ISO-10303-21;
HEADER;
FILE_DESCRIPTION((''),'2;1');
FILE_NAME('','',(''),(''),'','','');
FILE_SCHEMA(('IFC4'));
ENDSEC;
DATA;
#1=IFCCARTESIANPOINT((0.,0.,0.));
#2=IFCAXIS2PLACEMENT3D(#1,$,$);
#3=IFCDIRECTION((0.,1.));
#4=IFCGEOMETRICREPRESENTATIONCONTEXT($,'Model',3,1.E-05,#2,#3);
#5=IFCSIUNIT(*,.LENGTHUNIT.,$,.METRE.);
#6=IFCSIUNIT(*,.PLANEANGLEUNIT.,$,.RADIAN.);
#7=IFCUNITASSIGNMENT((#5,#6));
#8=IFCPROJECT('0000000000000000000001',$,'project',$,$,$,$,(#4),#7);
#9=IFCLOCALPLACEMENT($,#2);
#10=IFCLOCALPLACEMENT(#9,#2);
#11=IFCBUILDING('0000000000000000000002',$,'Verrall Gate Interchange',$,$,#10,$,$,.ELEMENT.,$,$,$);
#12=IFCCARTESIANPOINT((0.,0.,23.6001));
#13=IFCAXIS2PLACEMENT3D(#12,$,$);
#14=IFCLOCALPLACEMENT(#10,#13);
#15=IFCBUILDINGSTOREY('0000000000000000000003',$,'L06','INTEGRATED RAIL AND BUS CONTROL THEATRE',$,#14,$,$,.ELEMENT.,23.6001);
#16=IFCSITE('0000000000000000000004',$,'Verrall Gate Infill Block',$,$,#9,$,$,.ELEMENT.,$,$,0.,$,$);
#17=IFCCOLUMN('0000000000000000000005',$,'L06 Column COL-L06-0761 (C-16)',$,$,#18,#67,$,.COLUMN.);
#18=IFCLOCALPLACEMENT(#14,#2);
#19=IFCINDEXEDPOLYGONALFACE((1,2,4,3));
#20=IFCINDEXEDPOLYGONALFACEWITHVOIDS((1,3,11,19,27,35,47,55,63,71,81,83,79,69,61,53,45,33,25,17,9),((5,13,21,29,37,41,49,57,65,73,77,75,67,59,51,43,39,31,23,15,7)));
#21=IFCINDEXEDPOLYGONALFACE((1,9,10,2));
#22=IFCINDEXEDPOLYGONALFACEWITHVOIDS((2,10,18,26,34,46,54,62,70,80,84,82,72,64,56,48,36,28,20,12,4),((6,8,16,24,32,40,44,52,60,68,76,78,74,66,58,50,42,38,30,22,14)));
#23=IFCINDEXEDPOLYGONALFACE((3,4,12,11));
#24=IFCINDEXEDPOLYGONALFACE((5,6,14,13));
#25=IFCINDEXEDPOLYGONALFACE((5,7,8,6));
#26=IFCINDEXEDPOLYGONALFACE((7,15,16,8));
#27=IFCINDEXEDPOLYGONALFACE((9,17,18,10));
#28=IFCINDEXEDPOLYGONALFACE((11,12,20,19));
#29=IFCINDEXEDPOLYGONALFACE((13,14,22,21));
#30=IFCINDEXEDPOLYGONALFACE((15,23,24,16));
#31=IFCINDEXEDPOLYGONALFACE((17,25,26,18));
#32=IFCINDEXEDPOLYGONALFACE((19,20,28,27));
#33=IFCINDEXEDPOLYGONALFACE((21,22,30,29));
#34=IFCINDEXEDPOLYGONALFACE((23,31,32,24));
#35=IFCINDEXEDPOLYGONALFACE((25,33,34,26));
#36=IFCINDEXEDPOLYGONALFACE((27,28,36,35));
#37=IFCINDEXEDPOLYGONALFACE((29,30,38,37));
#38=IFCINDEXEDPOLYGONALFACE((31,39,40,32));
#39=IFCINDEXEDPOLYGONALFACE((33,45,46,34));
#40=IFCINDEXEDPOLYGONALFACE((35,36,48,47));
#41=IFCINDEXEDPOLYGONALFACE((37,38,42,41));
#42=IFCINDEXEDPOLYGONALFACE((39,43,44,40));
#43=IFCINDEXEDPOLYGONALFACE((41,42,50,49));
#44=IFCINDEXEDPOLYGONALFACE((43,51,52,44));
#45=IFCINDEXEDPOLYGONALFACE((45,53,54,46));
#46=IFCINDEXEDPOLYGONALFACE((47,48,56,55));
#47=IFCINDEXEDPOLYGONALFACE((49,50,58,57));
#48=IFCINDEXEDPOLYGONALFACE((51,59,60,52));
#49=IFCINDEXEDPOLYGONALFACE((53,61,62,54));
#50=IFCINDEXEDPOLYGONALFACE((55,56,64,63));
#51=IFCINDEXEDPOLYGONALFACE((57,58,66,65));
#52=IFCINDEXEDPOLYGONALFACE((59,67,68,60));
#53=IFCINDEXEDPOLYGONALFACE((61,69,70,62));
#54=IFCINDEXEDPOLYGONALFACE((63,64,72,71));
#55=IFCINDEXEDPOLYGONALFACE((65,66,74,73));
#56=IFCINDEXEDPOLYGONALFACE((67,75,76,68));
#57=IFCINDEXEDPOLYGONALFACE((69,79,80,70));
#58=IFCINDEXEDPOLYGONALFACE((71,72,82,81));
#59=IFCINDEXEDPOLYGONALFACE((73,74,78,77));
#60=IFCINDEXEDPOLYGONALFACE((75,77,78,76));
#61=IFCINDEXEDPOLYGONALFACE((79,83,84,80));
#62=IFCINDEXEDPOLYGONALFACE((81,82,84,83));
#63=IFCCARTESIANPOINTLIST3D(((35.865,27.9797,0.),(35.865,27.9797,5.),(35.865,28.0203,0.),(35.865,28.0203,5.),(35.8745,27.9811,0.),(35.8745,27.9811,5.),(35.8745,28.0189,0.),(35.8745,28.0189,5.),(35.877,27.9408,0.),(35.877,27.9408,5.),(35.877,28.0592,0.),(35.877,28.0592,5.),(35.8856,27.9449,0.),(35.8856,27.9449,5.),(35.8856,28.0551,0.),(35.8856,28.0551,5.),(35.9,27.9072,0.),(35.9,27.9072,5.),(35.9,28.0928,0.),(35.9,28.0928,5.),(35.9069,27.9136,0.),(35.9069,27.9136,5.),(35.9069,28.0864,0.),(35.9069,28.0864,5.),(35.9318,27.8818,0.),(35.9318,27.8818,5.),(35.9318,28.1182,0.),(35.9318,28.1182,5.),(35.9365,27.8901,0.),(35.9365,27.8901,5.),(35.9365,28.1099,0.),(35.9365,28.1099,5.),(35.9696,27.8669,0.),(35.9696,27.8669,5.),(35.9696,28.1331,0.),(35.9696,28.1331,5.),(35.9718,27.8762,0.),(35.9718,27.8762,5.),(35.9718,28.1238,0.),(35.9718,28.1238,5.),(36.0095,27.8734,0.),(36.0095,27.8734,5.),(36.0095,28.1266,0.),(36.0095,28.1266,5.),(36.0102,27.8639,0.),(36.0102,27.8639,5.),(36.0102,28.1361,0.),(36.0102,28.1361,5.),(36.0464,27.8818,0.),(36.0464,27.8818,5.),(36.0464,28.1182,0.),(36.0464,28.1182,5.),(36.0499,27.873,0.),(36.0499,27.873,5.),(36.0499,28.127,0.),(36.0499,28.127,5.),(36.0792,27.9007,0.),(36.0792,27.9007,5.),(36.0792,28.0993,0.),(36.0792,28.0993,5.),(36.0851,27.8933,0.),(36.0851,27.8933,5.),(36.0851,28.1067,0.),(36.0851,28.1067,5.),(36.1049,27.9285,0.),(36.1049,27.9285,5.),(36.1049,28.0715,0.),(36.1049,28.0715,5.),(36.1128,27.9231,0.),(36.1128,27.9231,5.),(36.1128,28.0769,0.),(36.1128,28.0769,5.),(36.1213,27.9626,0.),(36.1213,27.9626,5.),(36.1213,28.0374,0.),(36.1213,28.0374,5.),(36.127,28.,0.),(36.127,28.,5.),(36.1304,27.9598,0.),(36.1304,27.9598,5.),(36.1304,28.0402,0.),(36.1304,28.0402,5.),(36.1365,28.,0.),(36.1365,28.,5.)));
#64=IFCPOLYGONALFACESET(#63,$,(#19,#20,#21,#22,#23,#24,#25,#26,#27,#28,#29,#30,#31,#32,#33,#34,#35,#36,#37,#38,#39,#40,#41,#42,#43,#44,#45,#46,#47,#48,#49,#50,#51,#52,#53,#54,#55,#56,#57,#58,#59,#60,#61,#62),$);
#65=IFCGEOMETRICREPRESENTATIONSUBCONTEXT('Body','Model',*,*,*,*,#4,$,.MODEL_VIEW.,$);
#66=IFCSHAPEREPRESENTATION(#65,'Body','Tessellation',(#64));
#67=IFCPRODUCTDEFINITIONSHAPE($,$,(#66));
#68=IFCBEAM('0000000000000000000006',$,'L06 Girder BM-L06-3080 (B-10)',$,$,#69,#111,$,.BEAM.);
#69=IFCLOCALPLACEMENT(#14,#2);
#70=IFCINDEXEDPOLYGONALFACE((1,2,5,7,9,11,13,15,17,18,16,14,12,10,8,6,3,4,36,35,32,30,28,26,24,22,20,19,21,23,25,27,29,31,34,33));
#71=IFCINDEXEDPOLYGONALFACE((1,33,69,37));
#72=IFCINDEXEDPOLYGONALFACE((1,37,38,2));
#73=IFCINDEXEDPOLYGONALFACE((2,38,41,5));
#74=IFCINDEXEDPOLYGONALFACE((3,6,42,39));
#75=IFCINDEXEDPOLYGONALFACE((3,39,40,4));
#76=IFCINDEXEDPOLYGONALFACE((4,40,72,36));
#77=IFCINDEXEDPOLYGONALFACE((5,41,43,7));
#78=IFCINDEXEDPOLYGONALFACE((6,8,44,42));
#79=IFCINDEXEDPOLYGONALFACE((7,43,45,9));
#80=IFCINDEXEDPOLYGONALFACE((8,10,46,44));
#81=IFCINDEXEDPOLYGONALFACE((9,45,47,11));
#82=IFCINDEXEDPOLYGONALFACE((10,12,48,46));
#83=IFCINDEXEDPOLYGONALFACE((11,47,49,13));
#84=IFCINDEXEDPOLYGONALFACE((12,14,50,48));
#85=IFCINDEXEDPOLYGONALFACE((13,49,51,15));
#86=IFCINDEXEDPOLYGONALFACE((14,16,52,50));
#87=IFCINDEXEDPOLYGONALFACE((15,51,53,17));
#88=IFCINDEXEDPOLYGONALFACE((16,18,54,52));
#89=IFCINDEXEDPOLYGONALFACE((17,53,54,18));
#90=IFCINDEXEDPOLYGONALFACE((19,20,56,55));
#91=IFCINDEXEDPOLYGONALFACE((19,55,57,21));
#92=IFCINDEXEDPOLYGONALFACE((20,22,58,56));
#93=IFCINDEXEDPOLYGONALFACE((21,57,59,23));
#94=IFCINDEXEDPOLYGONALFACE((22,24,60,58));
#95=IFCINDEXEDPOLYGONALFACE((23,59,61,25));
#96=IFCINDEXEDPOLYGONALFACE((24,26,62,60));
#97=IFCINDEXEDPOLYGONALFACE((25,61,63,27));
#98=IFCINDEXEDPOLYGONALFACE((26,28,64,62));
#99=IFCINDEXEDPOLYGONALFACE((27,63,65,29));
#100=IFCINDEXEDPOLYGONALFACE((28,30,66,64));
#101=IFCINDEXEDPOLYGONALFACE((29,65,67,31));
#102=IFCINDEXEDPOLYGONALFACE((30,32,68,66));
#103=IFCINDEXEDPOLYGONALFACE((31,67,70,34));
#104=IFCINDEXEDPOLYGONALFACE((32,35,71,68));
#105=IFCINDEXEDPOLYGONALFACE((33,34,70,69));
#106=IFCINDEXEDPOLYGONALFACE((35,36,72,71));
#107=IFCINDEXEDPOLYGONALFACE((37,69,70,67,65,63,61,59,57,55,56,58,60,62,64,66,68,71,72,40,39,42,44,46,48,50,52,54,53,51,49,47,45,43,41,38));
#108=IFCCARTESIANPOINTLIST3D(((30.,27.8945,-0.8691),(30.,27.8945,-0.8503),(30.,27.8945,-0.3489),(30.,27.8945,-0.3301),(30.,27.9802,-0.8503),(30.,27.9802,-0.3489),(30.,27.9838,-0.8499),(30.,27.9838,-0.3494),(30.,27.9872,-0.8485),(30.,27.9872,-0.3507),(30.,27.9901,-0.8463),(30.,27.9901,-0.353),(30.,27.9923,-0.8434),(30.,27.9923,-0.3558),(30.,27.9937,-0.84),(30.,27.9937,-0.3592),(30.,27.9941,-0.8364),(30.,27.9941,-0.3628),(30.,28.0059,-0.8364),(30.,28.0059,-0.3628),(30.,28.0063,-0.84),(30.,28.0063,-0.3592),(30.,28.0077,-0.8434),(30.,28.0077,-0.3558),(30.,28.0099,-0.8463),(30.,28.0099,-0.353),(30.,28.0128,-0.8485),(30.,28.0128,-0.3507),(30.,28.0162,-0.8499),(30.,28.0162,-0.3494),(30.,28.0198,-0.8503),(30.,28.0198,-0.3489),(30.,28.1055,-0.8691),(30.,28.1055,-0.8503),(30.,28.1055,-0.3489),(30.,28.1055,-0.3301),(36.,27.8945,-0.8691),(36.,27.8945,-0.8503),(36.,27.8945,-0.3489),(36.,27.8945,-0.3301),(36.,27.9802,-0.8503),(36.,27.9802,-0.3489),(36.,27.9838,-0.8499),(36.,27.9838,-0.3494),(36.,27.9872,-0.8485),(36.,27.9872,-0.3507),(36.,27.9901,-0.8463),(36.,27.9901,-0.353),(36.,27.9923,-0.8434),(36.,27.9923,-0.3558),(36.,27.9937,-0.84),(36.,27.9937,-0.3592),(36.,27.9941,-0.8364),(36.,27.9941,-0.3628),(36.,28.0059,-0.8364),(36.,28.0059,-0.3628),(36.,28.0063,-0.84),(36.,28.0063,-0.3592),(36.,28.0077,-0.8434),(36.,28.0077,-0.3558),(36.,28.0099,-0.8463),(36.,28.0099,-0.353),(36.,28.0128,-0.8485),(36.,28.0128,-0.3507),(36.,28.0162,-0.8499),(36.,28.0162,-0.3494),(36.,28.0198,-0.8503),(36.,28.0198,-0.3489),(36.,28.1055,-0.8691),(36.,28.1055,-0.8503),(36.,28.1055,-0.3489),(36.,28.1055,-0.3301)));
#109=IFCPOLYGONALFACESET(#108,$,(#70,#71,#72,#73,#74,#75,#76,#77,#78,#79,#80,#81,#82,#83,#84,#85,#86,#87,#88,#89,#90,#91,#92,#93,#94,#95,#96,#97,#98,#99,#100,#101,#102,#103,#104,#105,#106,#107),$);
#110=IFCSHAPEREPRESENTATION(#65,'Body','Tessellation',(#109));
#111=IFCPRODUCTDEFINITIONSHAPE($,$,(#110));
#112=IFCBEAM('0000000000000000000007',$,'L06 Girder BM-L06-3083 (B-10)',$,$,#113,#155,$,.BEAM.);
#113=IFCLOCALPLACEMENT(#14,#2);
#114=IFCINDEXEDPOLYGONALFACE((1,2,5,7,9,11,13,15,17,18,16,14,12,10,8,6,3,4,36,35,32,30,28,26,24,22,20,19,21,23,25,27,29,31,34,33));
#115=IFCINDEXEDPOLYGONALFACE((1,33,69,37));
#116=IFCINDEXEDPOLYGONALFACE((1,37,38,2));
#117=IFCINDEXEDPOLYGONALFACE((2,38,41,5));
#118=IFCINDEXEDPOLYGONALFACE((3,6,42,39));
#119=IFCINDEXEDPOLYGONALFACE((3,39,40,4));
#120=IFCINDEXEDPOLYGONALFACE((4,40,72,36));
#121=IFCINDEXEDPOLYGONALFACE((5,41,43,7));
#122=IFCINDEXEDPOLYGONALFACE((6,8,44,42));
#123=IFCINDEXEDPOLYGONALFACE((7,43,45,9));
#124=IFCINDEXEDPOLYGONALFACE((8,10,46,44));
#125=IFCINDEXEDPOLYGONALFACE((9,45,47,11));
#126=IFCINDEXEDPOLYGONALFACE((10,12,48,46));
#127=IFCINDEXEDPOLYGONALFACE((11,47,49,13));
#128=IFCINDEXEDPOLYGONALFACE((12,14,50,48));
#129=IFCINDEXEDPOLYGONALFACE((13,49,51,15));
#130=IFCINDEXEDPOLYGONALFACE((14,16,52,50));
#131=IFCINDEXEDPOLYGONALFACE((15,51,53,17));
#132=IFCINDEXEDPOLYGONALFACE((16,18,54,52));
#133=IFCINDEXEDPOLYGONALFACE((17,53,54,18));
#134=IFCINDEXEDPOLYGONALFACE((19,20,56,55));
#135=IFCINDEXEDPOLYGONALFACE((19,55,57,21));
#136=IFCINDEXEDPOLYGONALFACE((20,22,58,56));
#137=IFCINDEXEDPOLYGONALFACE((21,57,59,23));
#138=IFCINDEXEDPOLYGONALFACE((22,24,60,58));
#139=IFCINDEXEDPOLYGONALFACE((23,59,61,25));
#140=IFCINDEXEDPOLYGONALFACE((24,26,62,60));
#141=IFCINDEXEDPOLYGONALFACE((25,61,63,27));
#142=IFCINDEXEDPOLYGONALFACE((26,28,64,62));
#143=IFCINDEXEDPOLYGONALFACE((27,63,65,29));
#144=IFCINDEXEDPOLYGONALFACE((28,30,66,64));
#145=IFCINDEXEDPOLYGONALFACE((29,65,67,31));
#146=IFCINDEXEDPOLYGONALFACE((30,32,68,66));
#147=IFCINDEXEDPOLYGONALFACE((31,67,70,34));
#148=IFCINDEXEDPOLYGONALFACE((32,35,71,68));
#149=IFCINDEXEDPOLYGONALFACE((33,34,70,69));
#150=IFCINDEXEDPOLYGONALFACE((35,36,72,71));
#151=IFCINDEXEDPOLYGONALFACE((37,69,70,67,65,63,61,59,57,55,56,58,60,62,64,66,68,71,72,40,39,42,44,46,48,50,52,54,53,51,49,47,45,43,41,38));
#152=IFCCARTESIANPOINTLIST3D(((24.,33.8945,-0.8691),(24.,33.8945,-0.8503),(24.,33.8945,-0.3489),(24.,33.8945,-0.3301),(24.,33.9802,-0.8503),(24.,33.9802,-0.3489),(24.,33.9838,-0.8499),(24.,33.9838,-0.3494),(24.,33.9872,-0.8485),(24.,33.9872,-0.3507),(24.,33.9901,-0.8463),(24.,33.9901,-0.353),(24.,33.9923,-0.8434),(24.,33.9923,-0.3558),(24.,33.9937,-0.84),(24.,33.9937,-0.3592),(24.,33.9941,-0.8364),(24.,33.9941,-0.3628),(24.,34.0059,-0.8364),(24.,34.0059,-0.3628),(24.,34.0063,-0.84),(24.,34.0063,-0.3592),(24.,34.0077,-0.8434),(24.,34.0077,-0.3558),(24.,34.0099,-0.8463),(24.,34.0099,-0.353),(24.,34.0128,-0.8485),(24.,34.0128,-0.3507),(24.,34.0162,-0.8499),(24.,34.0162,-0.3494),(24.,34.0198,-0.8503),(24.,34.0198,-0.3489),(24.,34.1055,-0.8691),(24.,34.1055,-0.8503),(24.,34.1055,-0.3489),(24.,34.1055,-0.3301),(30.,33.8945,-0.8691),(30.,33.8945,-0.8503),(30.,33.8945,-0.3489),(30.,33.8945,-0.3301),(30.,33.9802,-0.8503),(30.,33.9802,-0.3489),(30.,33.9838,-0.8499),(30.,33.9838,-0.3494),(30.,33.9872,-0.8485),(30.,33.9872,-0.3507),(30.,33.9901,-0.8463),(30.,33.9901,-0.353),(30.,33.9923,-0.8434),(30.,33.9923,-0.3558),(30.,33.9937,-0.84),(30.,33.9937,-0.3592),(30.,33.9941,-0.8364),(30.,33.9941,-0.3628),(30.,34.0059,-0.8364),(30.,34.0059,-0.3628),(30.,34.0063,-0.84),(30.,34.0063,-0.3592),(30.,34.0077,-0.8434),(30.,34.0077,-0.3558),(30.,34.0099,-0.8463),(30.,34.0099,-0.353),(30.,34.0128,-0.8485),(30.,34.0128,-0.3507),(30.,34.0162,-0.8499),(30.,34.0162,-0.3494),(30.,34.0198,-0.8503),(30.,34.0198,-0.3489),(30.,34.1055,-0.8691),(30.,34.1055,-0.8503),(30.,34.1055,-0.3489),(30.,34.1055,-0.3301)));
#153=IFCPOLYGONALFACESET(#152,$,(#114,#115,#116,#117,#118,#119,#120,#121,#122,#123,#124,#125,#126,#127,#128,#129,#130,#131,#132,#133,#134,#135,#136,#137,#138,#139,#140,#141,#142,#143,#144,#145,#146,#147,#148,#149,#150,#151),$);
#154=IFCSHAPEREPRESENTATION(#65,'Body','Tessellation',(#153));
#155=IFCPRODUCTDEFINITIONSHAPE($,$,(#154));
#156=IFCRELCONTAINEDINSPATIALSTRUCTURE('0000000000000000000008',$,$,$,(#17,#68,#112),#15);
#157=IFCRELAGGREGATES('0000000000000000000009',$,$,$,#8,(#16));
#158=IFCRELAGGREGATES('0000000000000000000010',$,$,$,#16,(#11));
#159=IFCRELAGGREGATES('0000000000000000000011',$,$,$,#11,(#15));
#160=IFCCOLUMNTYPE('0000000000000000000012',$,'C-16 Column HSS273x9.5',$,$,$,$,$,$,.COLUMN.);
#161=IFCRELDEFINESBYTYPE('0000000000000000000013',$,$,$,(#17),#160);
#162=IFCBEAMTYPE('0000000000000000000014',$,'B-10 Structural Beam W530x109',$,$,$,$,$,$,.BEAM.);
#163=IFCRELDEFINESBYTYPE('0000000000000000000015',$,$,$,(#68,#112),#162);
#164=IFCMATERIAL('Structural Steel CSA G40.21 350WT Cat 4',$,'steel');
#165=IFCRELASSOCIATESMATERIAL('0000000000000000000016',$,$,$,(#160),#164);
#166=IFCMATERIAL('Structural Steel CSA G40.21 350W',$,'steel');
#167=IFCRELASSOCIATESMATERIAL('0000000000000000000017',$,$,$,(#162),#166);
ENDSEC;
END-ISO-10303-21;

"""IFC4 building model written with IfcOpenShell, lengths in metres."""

from ifc_helpers import new_model, si_unit, direction, frame, origin, origin_2d, place, context, subcontext, project, spatial, hollow_circle, i_section, extrude, material, material_profile, profile_set, type_object, element, save


model = new_model("IFC4")

# Units and contexts
model_context = context("Model", 3, precision=1e-05, world=origin(), true_north=direction((0.0, 1.0)))
body_context = subcontext(model_context, "Body", "Model", "MODEL_VIEW")
ifc_project = project(units=[si_unit("LENGTHUNIT", "METRE"), si_unit("PLANEANGLEUNIT", "RADIAN")], contexts=[model_context])

# Site, building, storey
site_placement = place(None, origin())
site = spatial("IfcSite", under=ifc_project, at=site_placement, Name="Verrall Gate Infill Block", CompositionType="ELEMENT", RefElevation=0.0)
building_placement = place(site_placement, origin())
building = spatial("IfcBuilding", under=site, at=building_placement, Name="Verrall Gate Interchange", CompositionType="ELEMENT")
storey_placement = place(building_placement, frame((0.0, 0.0, 23.6001)))
storey = spatial("IfcBuildingStorey", under=building, at=storey_placement, Name="L06", Description="INTEGRATED RAIL AND BUS CONTROL THEATRE", CompositionType="ELEMENT", Elevation=23.6001)

# Column
ifc_material_1 = material(Name="Structural Steel CSA G40.21 350WT Cat 4", Category="steel")
ifc_material_profile_1 = material_profile(ifc_material_1, hollow_circle(Radius=0.1365, WallThickness=0.0095, at=origin_2d()), Name="HSS273x9.5")
ifc_profile_set_1 = profile_set([ifc_material_profile_1], Name="Structural Steel CSA G40.21 350WT Cat 4")
column_type_1 = type_object("IfcColumnType", Name="C-16 Column HSS273x9.5", PredefinedType="COLUMN", material=ifc_profile_set_1)
for number, where, z_axis, x_axis, name in (
    (1, (36.0, 28.0, 0.0), (0.0, 0.0, 1.0), (1.0, 0.0, 0.0), "L06 Column COL-L06-0761 (C-16)"),
):
    element("IfcColumn", number, at=place(storey_placement, frame(where, z_axis=z_axis, x_axis=x_axis)), inside=storey, type_object=column_type_1, Name=name, PredefinedType="COLUMN", context=body_context, shape_type="SweptSolid", body=[
        extrude(hollow_circle(Radius=0.1365, WallThickness=0.0095, at=origin_2d()), origin(), (0.0, 0.0, 1.0), 5.0),
    ])

# Beams
ifc_material_2 = material(Name="Structural Steel CSA G40.21 350W", Category="steel")
ifc_material_profile_2 = material_profile(ifc_material_2, i_section(OverallWidth=0.2109, OverallDepth=0.5391, WebThickness=0.0117, FlangeThickness=0.0188, FilletRadius=0.0139, at=origin_2d()), Name="W530x109")
ifc_profile_set_2 = profile_set([ifc_material_profile_2], Name="Structural Steel CSA G40.21 350W")
beam_type_1 = type_object("IfcBeamType", Name="B-10 Structural Beam W530x109", PredefinedType="BEAM", material=ifc_profile_set_2)
for number, where, z_axis, x_axis, name in (
    (2, (30.0, 28.0, -0.5996), (1.0, 0.0, 0.0), (0.0, 1.0, 0.0), "L06 Girder BM-L06-3080 (B-10)"),
    (3, (24.0, 34.0, -0.5996), (1.0, 0.0, 0.0), (0.0, 1.0, 0.0), "L06 Girder BM-L06-3083 (B-10)"),
):
    element("IfcBeam", number, at=place(storey_placement, frame(where, z_axis=z_axis, x_axis=x_axis)), inside=storey, type_object=beam_type_1, Name=name, PredefinedType="BEAM", context=body_context, shape_type="SweptSolid", body=[
        extrude(i_section(OverallWidth=0.2109, OverallDepth=0.5391, WebThickness=0.0117, FlangeThickness=0.0188, FilletRadius=0.0139, at=origin_2d()), origin(), (0.0, 0.0, 1.0), 6.0),
    ])

save(model, "model.ifc")
